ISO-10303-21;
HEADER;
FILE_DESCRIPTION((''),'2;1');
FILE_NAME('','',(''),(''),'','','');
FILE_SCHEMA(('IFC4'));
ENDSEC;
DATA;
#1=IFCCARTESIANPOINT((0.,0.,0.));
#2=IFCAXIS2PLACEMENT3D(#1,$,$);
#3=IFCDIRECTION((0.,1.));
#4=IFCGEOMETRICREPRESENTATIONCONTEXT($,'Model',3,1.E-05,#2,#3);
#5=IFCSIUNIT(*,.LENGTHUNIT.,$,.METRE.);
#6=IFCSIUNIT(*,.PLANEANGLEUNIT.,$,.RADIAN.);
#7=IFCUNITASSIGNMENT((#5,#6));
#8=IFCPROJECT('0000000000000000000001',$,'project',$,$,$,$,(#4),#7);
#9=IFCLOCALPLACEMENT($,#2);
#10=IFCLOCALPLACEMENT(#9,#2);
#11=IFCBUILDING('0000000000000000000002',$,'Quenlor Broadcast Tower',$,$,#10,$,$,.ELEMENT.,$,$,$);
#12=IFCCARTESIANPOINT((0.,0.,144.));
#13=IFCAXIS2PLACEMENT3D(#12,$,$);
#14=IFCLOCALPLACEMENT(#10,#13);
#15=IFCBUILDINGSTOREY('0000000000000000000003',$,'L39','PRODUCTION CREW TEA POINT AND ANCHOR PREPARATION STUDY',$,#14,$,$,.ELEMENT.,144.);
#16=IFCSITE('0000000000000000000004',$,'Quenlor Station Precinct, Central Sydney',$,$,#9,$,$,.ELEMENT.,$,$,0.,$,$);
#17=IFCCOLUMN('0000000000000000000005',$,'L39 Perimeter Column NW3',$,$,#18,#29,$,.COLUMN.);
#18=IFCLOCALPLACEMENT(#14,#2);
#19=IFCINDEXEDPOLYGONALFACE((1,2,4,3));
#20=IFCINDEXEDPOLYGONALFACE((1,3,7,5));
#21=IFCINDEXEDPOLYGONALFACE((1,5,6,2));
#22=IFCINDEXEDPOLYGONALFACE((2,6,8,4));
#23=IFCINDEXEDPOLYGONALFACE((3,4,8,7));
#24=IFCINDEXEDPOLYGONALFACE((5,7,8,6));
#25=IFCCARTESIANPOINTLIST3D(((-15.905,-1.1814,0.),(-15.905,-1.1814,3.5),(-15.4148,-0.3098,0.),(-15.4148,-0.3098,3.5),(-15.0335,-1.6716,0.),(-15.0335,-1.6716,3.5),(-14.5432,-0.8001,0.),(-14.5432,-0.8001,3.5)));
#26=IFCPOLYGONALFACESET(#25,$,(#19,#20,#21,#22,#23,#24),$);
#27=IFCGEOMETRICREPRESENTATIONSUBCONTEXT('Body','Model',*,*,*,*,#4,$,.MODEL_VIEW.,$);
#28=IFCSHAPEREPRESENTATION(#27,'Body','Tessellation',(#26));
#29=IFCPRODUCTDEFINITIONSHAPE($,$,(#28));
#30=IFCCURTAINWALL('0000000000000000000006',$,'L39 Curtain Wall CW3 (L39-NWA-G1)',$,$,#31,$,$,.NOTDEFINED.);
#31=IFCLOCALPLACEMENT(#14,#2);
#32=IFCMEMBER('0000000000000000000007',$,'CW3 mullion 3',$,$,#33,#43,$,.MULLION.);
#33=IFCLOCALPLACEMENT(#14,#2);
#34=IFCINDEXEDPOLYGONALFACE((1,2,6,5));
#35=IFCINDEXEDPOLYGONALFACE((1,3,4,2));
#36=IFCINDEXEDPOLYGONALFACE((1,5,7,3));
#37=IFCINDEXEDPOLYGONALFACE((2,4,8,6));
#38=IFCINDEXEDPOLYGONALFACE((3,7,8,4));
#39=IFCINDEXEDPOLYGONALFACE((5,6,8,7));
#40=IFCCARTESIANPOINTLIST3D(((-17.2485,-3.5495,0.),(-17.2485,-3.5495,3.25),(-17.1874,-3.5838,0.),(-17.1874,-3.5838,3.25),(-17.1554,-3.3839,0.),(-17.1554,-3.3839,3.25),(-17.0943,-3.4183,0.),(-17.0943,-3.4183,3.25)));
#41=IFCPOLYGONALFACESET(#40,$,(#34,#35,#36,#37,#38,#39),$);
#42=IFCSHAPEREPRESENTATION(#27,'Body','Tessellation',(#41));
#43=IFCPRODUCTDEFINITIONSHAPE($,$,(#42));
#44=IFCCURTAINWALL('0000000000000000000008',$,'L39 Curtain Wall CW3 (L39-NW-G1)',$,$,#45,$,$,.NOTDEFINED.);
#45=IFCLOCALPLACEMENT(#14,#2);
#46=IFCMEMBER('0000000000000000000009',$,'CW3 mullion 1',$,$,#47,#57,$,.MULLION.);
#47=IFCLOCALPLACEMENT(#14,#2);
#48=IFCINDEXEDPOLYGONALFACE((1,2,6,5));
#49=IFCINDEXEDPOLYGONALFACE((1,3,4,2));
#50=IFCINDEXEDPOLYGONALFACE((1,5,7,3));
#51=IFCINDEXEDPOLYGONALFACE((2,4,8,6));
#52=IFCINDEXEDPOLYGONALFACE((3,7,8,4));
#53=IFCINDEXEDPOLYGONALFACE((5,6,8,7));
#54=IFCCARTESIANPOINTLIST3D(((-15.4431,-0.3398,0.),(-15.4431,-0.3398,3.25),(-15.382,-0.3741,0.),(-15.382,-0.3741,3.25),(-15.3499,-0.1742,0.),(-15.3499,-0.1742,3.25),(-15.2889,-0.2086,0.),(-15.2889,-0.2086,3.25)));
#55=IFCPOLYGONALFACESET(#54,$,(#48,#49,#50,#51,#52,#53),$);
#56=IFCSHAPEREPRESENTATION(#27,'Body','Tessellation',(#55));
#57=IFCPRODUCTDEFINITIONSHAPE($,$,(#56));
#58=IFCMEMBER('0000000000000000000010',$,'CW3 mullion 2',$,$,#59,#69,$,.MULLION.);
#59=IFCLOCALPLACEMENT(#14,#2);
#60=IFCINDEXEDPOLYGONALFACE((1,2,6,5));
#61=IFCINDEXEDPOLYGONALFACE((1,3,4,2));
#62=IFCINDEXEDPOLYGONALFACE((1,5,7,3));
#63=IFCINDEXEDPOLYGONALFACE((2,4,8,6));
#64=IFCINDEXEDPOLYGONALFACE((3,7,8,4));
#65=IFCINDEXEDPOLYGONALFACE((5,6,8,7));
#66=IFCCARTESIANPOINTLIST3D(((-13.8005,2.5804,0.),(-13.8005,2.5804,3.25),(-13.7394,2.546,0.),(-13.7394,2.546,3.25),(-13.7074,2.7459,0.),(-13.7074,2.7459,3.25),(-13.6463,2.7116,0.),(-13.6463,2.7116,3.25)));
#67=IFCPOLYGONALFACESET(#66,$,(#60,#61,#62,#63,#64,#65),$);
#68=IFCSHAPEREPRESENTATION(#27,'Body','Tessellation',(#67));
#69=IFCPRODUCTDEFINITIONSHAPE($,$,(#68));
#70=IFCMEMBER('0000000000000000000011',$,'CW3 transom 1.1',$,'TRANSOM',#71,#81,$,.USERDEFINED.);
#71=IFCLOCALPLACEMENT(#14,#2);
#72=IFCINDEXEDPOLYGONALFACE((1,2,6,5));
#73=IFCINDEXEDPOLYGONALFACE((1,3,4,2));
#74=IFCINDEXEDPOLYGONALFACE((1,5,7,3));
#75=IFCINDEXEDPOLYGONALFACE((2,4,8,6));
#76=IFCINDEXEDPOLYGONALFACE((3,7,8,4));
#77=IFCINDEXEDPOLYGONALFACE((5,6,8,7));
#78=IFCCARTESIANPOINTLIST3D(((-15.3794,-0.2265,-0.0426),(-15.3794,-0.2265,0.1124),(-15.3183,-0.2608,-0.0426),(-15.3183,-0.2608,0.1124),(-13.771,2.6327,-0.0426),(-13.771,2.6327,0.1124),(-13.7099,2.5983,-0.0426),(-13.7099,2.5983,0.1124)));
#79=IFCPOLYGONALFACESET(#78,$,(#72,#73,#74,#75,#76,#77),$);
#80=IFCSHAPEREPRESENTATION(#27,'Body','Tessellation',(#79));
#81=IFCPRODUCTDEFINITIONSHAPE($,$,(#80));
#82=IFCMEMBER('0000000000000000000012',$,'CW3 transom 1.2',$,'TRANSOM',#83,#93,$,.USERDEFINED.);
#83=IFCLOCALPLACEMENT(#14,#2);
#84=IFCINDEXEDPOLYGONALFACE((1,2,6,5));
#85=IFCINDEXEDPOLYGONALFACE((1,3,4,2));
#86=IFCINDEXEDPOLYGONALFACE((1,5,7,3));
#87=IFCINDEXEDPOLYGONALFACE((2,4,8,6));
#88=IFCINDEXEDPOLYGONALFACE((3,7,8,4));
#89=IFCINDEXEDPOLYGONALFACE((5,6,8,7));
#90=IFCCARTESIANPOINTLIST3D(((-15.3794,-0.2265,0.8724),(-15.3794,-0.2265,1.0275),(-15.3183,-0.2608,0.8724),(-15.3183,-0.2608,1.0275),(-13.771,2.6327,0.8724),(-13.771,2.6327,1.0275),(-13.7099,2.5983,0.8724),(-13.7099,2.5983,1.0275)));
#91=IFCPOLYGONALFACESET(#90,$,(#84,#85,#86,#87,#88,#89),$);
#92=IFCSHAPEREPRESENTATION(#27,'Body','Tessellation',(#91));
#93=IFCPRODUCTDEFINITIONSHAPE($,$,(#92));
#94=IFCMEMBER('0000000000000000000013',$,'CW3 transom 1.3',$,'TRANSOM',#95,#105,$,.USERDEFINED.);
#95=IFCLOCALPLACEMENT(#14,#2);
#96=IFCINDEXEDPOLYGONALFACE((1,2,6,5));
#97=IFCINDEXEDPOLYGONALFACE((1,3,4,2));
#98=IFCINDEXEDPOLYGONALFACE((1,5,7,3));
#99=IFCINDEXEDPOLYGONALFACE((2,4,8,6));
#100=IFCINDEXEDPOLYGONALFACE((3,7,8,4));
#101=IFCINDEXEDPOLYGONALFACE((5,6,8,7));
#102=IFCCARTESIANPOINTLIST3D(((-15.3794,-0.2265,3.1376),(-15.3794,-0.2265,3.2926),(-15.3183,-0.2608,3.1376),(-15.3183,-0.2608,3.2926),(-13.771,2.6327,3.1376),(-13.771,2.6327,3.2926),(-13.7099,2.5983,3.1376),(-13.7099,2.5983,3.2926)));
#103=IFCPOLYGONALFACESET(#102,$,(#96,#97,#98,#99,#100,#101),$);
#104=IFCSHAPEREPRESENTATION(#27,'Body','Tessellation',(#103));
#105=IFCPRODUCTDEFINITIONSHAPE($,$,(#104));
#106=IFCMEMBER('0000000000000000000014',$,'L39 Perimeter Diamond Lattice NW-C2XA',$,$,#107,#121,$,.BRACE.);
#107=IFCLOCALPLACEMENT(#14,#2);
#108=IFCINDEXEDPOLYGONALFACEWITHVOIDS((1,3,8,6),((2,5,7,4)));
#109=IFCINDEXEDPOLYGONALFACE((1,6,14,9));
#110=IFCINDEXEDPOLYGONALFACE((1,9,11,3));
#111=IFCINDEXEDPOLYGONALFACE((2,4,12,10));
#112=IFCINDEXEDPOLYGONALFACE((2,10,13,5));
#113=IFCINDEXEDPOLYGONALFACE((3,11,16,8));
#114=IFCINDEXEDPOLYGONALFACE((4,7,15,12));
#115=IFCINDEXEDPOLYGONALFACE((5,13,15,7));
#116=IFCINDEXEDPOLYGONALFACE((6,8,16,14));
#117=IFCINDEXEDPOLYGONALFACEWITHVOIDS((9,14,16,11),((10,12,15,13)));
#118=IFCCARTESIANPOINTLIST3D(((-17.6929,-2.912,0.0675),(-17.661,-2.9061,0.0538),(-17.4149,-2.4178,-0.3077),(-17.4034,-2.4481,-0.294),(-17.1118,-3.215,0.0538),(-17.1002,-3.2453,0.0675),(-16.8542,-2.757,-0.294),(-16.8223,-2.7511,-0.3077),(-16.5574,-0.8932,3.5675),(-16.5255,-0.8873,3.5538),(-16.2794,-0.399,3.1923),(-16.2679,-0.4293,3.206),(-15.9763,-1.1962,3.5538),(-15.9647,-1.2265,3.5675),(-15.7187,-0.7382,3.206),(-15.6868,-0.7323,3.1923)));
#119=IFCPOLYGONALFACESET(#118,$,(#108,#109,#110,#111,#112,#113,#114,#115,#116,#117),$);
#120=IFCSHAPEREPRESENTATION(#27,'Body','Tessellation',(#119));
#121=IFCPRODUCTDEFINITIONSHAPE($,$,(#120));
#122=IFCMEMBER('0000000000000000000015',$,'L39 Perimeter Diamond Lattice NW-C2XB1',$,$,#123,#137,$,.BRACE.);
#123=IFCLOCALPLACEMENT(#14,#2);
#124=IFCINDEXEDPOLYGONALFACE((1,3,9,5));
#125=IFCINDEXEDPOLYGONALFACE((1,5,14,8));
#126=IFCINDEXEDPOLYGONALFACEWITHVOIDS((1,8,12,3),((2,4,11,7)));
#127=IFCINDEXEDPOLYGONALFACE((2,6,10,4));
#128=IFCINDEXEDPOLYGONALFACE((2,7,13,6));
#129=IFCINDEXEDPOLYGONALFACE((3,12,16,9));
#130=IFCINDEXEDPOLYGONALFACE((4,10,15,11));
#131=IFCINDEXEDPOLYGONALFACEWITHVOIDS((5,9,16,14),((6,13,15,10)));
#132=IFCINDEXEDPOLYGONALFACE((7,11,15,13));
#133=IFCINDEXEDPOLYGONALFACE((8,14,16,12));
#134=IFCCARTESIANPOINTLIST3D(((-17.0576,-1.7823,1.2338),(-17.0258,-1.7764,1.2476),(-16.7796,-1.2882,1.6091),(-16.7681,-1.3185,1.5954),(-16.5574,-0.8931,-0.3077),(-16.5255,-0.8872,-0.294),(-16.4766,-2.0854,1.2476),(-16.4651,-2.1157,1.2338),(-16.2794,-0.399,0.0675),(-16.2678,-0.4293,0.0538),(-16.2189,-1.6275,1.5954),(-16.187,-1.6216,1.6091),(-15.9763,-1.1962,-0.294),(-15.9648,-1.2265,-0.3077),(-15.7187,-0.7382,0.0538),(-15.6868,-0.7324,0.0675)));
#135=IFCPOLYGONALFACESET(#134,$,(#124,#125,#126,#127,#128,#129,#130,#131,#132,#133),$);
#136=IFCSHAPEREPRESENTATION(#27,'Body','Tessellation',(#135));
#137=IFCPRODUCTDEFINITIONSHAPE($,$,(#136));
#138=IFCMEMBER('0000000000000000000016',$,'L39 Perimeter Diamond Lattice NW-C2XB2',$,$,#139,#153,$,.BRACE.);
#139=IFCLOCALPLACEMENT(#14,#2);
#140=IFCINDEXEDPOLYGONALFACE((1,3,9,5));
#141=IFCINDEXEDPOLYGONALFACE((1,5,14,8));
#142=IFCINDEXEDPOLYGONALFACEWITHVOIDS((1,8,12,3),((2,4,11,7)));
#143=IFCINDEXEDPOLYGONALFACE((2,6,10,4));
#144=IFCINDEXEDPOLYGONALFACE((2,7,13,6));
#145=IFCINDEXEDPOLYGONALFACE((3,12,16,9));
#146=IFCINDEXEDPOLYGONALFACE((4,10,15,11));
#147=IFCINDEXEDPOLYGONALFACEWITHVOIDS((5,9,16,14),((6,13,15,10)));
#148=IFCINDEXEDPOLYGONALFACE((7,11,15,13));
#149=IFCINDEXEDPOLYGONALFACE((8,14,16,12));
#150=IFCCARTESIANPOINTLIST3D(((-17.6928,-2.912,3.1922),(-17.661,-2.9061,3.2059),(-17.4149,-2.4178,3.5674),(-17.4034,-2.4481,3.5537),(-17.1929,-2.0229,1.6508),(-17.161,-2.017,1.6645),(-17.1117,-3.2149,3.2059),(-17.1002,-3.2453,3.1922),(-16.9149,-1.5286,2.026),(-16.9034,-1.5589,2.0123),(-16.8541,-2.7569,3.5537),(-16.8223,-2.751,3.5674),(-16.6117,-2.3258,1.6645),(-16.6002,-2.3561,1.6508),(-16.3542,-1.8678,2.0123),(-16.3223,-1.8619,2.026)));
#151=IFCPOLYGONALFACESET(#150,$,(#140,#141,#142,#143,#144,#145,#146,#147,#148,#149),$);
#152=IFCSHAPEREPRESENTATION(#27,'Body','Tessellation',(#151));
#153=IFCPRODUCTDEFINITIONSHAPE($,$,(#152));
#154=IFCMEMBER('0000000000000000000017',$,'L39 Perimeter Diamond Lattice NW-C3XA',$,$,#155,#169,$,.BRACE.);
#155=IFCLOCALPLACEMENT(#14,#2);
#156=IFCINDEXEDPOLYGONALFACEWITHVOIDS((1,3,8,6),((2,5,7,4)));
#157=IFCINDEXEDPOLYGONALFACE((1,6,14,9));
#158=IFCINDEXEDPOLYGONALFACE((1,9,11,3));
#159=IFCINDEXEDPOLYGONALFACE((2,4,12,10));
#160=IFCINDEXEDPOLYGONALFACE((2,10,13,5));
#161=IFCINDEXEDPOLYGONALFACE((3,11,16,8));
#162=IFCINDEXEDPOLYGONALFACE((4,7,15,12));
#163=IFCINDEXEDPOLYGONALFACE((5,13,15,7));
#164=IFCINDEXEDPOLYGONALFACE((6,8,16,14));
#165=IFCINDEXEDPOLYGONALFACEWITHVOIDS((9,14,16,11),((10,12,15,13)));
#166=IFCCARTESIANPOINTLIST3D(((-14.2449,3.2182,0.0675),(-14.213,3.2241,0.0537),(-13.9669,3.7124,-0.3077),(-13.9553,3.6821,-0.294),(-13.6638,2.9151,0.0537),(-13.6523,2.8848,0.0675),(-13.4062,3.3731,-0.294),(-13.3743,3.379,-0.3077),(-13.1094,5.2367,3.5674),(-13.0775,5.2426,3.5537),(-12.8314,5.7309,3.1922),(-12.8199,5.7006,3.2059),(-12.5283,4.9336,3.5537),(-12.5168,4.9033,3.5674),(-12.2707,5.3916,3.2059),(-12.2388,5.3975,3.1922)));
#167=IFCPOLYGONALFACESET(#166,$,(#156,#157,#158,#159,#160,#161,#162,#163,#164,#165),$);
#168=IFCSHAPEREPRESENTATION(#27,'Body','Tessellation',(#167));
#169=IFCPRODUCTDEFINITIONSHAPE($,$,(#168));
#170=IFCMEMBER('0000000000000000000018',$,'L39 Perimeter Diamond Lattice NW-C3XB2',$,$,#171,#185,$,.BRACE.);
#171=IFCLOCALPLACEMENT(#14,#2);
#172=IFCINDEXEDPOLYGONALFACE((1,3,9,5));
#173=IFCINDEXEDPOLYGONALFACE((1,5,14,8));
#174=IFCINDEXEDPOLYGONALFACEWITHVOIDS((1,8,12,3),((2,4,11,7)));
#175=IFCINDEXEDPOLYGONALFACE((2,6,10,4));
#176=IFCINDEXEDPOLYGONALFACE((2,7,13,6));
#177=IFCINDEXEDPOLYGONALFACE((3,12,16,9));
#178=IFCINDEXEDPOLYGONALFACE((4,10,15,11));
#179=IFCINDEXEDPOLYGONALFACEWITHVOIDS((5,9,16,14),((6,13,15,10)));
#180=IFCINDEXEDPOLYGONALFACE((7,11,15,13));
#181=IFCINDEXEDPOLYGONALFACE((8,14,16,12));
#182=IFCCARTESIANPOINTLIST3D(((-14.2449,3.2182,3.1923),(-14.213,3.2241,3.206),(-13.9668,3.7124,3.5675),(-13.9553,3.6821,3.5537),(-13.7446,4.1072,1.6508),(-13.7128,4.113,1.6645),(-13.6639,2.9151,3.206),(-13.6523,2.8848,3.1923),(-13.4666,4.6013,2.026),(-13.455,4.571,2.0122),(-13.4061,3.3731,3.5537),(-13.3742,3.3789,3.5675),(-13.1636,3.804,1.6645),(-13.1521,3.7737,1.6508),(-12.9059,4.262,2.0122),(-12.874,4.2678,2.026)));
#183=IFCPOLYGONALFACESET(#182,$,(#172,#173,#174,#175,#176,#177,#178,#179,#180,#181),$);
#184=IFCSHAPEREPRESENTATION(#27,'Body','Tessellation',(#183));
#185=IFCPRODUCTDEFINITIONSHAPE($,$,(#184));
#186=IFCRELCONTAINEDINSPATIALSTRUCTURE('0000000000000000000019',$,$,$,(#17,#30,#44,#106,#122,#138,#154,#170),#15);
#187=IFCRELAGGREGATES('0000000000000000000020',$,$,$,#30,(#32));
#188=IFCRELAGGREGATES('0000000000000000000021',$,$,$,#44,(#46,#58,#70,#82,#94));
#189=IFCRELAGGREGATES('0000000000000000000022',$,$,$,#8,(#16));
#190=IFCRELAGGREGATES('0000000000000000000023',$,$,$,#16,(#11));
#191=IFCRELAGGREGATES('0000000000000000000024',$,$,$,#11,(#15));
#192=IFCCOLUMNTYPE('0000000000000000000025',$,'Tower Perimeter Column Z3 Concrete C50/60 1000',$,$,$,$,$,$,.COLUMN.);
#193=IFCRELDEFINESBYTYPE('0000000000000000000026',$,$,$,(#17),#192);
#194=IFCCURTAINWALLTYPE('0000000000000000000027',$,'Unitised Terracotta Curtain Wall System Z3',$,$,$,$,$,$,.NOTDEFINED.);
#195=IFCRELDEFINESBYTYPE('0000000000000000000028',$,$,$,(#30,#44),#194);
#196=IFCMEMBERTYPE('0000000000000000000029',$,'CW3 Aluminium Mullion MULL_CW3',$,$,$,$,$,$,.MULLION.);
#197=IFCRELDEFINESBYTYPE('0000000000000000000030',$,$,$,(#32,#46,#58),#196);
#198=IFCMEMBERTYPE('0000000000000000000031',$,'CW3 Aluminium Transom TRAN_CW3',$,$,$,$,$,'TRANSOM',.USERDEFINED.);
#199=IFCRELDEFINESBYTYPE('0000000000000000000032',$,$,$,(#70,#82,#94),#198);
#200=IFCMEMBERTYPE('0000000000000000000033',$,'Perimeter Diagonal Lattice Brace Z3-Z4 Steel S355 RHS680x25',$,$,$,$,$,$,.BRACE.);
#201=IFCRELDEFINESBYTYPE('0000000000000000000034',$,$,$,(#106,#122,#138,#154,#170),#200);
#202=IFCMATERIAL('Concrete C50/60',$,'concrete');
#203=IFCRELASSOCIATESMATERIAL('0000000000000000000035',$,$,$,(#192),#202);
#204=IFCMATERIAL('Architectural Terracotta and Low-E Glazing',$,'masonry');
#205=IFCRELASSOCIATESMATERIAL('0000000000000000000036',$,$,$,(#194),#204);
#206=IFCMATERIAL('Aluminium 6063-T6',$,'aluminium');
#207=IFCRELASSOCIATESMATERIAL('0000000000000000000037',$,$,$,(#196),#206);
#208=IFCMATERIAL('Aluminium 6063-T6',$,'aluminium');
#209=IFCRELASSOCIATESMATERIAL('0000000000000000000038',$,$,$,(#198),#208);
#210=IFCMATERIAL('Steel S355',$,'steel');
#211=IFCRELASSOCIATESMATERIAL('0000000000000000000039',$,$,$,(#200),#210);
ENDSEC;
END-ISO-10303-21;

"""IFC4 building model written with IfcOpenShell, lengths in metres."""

from ifc_helpers import new_model, si_unit, direction, frame, origin, origin_2d, place, context, subcontext, project, spatial, rectangle, hollow_rectangle, extrude, material, material_profile, profile_set, type_object, element, aggregate, save


model = new_model("IFC4")

# Units and contexts
model_context = context("Model", 3, precision=1e-05, world=origin(), true_north=direction((0.0, 1.0)))
body_context = subcontext(model_context, "Body", "Model", "MODEL_VIEW")
ifc_project = project(units=[si_unit("LENGTHUNIT", "METRE"), si_unit("PLANEANGLEUNIT", "RADIAN")], contexts=[model_context])

# Site, building, storey
site_placement = place(None, origin())
site = spatial("IfcSite", under=ifc_project, at=site_placement, Name="Quenlor Station Precinct, Central Sydney", CompositionType="ELEMENT", RefElevation=0.0)
building_placement = place(site_placement, origin())
building = spatial("IfcBuilding", under=site, at=building_placement, Name="Quenlor Broadcast Tower", CompositionType="ELEMENT")
storey_placement = place(building_placement, frame((0.0, 0.0, 144.0)))
storey = spatial("IfcBuildingStorey", under=building, at=storey_placement, Name="L39", Description="PRODUCTION CREW TEA POINT AND ANCHOR PREPARATION STUDY", CompositionType="ELEMENT", Elevation=144.0)

# Column
ifc_material_1 = material(Name="Concrete C50/60", Category="concrete")
ifc_material_profile_1 = material_profile(ifc_material_1, rectangle(XDim=1.0, YDim=1.0, at=origin_2d()))
ifc_profile_set_1 = profile_set([ifc_material_profile_1], Name="Concrete C50/60 RC1000x1000")
column_type = type_object("IfcColumnType", Name="Tower Perimeter Column Z3 Concrete C50/60 1000", PredefinedType="COLUMN", material=ifc_profile_set_1)
column_placement = place(storey_placement, frame((-15.2241, -0.9907, 0.0), z_axis=(0.0, 0.0, 1.0), x_axis=(-0.871575, 0.490262, 0.0)))
element("IfcColumn", 1, at=column_placement, inside=storey, type_object=column_type, Name="L39 Perimeter Column NW3", PredefinedType="COLUMN", context=body_context, shape_type="SweptSolid", body=[
    extrude(rectangle(XDim=1.0, YDim=1.0, at=origin_2d()), origin(), (0.0, 0.0, 1.0), 3.5),
])

# Curtain wall, member
ifc_material_2 = material(Name="Architectural Terracotta and Low-E Glazing", Category="masonry")
curtain_wall_type = type_object("IfcCurtainWallType", Name="Unitised Terracotta Curtain Wall System Z3", PredefinedType="NOTDEFINED", material=ifc_material_2)
curtain_wall_1_placement = place(storey_placement, origin())
curtain_wall_1 = element("IfcCurtainWall", 2, at=curtain_wall_1_placement, inside=storey, type_object=curtain_wall_type, Name="L39 Curtain Wall CW3 (L39-NWA-G1)", PredefinedType="NOTDEFINED")
ifc_material_3 = material(Name="Aluminium 6063-T6", Category="aluminium")
ifc_material_profile_2 = material_profile(ifc_material_3, rectangle(XDim=0.0701, YDim=0.1899, at=origin_2d()))
ifc_profile_set_2 = profile_set([ifc_material_profile_2], Name="Aluminium 6063-T6 MULL70x190")
member_type_1 = type_object("IfcMemberType", Name="CW3 Aluminium Mullion MULL_CW3", PredefinedType="MULLION", material=ifc_profile_set_2)
member_1_placement = place(storey_placement, frame((-17.1714, -3.4839, 0.0), z_axis=(0.0, 0.0, 1.0), x_axis=(-0.871577, 0.490259, 0.0)))
member_1 = element("IfcMember", 3, at=member_1_placement, type_object=member_type_1, Name="CW3 mullion 3", PredefinedType="MULLION", context=body_context, shape_type="SweptSolid", body=[
    extrude(rectangle(XDim=0.0701, YDim=0.1899, at=origin_2d()), origin(), (0.0, 0.0, 1.0), 3.25),
])
aggregate(curtain_wall_1, [member_1])

# Curtain wall, members
curtain_wall_2_placement = place(storey_placement, origin())
curtain_wall_2 = element("IfcCurtainWall", 4, at=curtain_wall_2_placement, inside=storey, type_object=curtain_wall_type, Name="L39 Curtain Wall CW3 (L39-NW-G1)", PredefinedType="NOTDEFINED")
member_2_placement = place(storey_placement, frame((-15.366, -0.2742, 0.0), z_axis=(0.0, 0.0, 1.0), x_axis=(-0.871572, 0.490268, 0.0)))
member_2 = element("IfcMember", 5, at=member_2_placement, type_object=member_type_1, Name="CW3 mullion 1", PredefinedType="MULLION", context=body_context, shape_type="SweptSolid", body=[
    extrude(rectangle(XDim=0.0701, YDim=0.1899, at=origin_2d()), origin(), (0.0, 0.0, 1.0), 3.25),
])
member_3_placement = place(storey_placement, frame((-13.7234, 2.646, 0.0), z_axis=(0.0, 0.0, 1.0), x_axis=(-0.871572, 0.490268, 0.0)))
member_3 = element("IfcMember", 6, at=member_3_placement, type_object=member_type_1, Name="CW3 mullion 2", PredefinedType="MULLION", context=body_context, shape_type="SweptSolid", body=[
    extrude(rectangle(XDim=0.0701, YDim=0.1899, at=origin_2d()), origin(), (0.0, 0.0, 1.0), 3.25),
])
ifc_material_4 = material(Name="Aluminium 6063-T6", Category="aluminium")
ifc_material_profile_3 = material_profile(ifc_material_4, rectangle(XDim=0.0701, YDim=0.155, at=origin_2d()))
ifc_profile_set_3 = profile_set([ifc_material_profile_3], Name="Aluminium 6063-T6 TRAN70x155")
member_type_2 = type_object("IfcMemberType", Name="CW3 Aluminium Transom TRAN_CW3", ElementType="TRANSOM", PredefinedType="USERDEFINED", material=ifc_profile_set_3)
member_4_placement = place(storey_placement, frame((-15.3489, -0.2437, 0.0349), z_axis=(0.490293, 0.871558, 0.0), x_axis=(-0.871558, 0.490293, 0.0)))
member_4 = element("IfcMember", 7, at=member_4_placement, type_object=member_type_2, Name="CW3 transom 1.1", ObjectType="TRANSOM", PredefinedType="USERDEFINED", context=body_context, shape_type="SweptSolid", body=[
    extrude(rectangle(XDim=0.0701, YDim=0.155, at=origin_2d()), origin(), (0.0, 0.0, 1.0), 3.2805),
])
member_5_placement = place(storey_placement, frame((-15.3489, -0.2437, 0.95), z_axis=(0.490293, 0.871558, 0.0), x_axis=(-0.871558, 0.490293, 0.0)))
member_5 = element("IfcMember", 8, at=member_5_placement, type_object=member_type_2, Name="CW3 transom 1.2", ObjectType="TRANSOM", PredefinedType="USERDEFINED", context=body_context, shape_type="SweptSolid", body=[
    extrude(rectangle(XDim=0.0701, YDim=0.155, at=origin_2d()), origin(), (0.0, 0.0, 1.0), 3.2805),
])
member_6_placement = place(storey_placement, frame((-15.3489, -0.2437, 3.2151), z_axis=(0.490293, 0.871558, 0.0), x_axis=(-0.871558, 0.490293, 0.0)))
member_6 = element("IfcMember", 9, at=member_6_placement, type_object=member_type_2, Name="CW3 transom 1.3", ObjectType="TRANSOM", PredefinedType="USERDEFINED", context=body_context, shape_type="SweptSolid", body=[
    extrude(rectangle(XDim=0.0701, YDim=0.155, at=origin_2d()), origin(), (0.0, 0.0, 1.0), 3.2805),
])

# Members
ifc_material_5 = material(Name="Steel S355", Category="steel")
ifc_material_profile_4 = material_profile(ifc_material_5, hollow_rectangle(XDim=0.6799, YDim=0.6799, WallThickness=0.0249, at=origin_2d()))
ifc_profile_set_4 = profile_set([ifc_material_profile_4], Name="Steel S355 RHS680x680x25")
member_type_3 = type_object("IfcMemberType", Name="Perimeter Diagonal Lattice Brace Z3-Z4 Steel S355 RHS680x25", PredefinedType="BRACE", material=ifc_profile_set_4)
member_7_placement = place(storey_placement, frame((-17.2576, -2.8315, -0.1201), z_axis=(0.270549, 0.481009, 0.833927), x_axis=(-0.87159, 0.490236, 0.0)))
element("IfcMember", 10, at=member_7_placement, inside=storey, type_object=member_type_3, Name="L39 Perimeter Diamond Lattice NW-C2XA", PredefinedType="BRACE", context=body_context, shape_type="SweptSolid", body=[
    extrude(hollow_rectangle(XDim=0.6799, YDim=0.6799, WallThickness=0.0249, at=origin_2d()), origin(), (0.0, 0.0, 1.0), 4.197),
])
member_8_placement = place(storey_placement, frame((-16.1221, -0.8127, -0.1201), z_axis=(-0.270616, -0.481008, 0.833905), x_axis=(0.871537, -0.490329, 0.0)))
element("IfcMember", 11, at=member_8_placement, inside=storey, type_object=member_type_3, Name="L39 Perimeter Diamond Lattice NW-C2XB1", PredefinedType="BRACE", context=body_context, shape_type="SweptSolid", body=[
    extrude(hollow_rectangle(XDim=0.6799, YDim=0.6799, WallThickness=0.0249, at=origin_2d()), origin(), (0.0, 0.0, 1.0), 1.8486),
])
member_9_placement = place(storey_placement, frame((-16.7576, -1.9424, 1.8384), z_axis=(-0.270494, -0.481025, 0.833935), x_axis=(0.871639, -0.490148, 0.0)))
element("IfcMember", 12, at=member_9_placement, inside=storey, type_object=member_type_3, Name="L39 Perimeter Diamond Lattice NW-C2XB2", PredefinedType="BRACE", context=body_context, shape_type="SweptSolid", body=[
    extrude(hollow_rectangle(XDim=0.6799, YDim=0.6799, WallThickness=0.0249, at=origin_2d()), origin(), (0.0, 0.0, 1.0), 1.8484),
])
member_10_placement = place(storey_placement, frame((-13.8096, 3.2986, -0.1201), z_axis=(0.270557, 0.480964, 0.83395), x_axis=(-0.871564, 0.490281, 0.0)))
element("IfcMember", 13, at=member_10_placement, inside=storey, type_object=member_type_3, Name="L39 Perimeter Diamond Lattice NW-C3XA", PredefinedType="BRACE", context=body_context, shape_type="SweptSolid", body=[
    extrude(hollow_rectangle(XDim=0.6799, YDim=0.6799, WallThickness=0.0249, at=origin_2d()), origin(), (0.0, 0.0, 1.0), 4.1968),
])
member_11_placement = place(storey_placement, frame((-13.3093, 4.1875, 1.8384), z_axis=(-0.270634, -0.480906, 0.833958), x_axis=(0.87148, -0.490432, 0.0)))
element("IfcMember", 14, at=member_11_placement, inside=storey, type_object=member_type_3, Name="L39 Perimeter Diamond Lattice NW-C3XB2", PredefinedType="BRACE", context=body_context, shape_type="SweptSolid", body=[
    extrude(hollow_rectangle(XDim=0.6799, YDim=0.6799, WallThickness=0.0249, at=origin_2d()), origin(), (0.0, 0.0, 1.0), 1.8484),
])

aggregate(curtain_wall_2, [member_2, member_3, member_4, member_5, member_6])

save(model, "model.ifc")
